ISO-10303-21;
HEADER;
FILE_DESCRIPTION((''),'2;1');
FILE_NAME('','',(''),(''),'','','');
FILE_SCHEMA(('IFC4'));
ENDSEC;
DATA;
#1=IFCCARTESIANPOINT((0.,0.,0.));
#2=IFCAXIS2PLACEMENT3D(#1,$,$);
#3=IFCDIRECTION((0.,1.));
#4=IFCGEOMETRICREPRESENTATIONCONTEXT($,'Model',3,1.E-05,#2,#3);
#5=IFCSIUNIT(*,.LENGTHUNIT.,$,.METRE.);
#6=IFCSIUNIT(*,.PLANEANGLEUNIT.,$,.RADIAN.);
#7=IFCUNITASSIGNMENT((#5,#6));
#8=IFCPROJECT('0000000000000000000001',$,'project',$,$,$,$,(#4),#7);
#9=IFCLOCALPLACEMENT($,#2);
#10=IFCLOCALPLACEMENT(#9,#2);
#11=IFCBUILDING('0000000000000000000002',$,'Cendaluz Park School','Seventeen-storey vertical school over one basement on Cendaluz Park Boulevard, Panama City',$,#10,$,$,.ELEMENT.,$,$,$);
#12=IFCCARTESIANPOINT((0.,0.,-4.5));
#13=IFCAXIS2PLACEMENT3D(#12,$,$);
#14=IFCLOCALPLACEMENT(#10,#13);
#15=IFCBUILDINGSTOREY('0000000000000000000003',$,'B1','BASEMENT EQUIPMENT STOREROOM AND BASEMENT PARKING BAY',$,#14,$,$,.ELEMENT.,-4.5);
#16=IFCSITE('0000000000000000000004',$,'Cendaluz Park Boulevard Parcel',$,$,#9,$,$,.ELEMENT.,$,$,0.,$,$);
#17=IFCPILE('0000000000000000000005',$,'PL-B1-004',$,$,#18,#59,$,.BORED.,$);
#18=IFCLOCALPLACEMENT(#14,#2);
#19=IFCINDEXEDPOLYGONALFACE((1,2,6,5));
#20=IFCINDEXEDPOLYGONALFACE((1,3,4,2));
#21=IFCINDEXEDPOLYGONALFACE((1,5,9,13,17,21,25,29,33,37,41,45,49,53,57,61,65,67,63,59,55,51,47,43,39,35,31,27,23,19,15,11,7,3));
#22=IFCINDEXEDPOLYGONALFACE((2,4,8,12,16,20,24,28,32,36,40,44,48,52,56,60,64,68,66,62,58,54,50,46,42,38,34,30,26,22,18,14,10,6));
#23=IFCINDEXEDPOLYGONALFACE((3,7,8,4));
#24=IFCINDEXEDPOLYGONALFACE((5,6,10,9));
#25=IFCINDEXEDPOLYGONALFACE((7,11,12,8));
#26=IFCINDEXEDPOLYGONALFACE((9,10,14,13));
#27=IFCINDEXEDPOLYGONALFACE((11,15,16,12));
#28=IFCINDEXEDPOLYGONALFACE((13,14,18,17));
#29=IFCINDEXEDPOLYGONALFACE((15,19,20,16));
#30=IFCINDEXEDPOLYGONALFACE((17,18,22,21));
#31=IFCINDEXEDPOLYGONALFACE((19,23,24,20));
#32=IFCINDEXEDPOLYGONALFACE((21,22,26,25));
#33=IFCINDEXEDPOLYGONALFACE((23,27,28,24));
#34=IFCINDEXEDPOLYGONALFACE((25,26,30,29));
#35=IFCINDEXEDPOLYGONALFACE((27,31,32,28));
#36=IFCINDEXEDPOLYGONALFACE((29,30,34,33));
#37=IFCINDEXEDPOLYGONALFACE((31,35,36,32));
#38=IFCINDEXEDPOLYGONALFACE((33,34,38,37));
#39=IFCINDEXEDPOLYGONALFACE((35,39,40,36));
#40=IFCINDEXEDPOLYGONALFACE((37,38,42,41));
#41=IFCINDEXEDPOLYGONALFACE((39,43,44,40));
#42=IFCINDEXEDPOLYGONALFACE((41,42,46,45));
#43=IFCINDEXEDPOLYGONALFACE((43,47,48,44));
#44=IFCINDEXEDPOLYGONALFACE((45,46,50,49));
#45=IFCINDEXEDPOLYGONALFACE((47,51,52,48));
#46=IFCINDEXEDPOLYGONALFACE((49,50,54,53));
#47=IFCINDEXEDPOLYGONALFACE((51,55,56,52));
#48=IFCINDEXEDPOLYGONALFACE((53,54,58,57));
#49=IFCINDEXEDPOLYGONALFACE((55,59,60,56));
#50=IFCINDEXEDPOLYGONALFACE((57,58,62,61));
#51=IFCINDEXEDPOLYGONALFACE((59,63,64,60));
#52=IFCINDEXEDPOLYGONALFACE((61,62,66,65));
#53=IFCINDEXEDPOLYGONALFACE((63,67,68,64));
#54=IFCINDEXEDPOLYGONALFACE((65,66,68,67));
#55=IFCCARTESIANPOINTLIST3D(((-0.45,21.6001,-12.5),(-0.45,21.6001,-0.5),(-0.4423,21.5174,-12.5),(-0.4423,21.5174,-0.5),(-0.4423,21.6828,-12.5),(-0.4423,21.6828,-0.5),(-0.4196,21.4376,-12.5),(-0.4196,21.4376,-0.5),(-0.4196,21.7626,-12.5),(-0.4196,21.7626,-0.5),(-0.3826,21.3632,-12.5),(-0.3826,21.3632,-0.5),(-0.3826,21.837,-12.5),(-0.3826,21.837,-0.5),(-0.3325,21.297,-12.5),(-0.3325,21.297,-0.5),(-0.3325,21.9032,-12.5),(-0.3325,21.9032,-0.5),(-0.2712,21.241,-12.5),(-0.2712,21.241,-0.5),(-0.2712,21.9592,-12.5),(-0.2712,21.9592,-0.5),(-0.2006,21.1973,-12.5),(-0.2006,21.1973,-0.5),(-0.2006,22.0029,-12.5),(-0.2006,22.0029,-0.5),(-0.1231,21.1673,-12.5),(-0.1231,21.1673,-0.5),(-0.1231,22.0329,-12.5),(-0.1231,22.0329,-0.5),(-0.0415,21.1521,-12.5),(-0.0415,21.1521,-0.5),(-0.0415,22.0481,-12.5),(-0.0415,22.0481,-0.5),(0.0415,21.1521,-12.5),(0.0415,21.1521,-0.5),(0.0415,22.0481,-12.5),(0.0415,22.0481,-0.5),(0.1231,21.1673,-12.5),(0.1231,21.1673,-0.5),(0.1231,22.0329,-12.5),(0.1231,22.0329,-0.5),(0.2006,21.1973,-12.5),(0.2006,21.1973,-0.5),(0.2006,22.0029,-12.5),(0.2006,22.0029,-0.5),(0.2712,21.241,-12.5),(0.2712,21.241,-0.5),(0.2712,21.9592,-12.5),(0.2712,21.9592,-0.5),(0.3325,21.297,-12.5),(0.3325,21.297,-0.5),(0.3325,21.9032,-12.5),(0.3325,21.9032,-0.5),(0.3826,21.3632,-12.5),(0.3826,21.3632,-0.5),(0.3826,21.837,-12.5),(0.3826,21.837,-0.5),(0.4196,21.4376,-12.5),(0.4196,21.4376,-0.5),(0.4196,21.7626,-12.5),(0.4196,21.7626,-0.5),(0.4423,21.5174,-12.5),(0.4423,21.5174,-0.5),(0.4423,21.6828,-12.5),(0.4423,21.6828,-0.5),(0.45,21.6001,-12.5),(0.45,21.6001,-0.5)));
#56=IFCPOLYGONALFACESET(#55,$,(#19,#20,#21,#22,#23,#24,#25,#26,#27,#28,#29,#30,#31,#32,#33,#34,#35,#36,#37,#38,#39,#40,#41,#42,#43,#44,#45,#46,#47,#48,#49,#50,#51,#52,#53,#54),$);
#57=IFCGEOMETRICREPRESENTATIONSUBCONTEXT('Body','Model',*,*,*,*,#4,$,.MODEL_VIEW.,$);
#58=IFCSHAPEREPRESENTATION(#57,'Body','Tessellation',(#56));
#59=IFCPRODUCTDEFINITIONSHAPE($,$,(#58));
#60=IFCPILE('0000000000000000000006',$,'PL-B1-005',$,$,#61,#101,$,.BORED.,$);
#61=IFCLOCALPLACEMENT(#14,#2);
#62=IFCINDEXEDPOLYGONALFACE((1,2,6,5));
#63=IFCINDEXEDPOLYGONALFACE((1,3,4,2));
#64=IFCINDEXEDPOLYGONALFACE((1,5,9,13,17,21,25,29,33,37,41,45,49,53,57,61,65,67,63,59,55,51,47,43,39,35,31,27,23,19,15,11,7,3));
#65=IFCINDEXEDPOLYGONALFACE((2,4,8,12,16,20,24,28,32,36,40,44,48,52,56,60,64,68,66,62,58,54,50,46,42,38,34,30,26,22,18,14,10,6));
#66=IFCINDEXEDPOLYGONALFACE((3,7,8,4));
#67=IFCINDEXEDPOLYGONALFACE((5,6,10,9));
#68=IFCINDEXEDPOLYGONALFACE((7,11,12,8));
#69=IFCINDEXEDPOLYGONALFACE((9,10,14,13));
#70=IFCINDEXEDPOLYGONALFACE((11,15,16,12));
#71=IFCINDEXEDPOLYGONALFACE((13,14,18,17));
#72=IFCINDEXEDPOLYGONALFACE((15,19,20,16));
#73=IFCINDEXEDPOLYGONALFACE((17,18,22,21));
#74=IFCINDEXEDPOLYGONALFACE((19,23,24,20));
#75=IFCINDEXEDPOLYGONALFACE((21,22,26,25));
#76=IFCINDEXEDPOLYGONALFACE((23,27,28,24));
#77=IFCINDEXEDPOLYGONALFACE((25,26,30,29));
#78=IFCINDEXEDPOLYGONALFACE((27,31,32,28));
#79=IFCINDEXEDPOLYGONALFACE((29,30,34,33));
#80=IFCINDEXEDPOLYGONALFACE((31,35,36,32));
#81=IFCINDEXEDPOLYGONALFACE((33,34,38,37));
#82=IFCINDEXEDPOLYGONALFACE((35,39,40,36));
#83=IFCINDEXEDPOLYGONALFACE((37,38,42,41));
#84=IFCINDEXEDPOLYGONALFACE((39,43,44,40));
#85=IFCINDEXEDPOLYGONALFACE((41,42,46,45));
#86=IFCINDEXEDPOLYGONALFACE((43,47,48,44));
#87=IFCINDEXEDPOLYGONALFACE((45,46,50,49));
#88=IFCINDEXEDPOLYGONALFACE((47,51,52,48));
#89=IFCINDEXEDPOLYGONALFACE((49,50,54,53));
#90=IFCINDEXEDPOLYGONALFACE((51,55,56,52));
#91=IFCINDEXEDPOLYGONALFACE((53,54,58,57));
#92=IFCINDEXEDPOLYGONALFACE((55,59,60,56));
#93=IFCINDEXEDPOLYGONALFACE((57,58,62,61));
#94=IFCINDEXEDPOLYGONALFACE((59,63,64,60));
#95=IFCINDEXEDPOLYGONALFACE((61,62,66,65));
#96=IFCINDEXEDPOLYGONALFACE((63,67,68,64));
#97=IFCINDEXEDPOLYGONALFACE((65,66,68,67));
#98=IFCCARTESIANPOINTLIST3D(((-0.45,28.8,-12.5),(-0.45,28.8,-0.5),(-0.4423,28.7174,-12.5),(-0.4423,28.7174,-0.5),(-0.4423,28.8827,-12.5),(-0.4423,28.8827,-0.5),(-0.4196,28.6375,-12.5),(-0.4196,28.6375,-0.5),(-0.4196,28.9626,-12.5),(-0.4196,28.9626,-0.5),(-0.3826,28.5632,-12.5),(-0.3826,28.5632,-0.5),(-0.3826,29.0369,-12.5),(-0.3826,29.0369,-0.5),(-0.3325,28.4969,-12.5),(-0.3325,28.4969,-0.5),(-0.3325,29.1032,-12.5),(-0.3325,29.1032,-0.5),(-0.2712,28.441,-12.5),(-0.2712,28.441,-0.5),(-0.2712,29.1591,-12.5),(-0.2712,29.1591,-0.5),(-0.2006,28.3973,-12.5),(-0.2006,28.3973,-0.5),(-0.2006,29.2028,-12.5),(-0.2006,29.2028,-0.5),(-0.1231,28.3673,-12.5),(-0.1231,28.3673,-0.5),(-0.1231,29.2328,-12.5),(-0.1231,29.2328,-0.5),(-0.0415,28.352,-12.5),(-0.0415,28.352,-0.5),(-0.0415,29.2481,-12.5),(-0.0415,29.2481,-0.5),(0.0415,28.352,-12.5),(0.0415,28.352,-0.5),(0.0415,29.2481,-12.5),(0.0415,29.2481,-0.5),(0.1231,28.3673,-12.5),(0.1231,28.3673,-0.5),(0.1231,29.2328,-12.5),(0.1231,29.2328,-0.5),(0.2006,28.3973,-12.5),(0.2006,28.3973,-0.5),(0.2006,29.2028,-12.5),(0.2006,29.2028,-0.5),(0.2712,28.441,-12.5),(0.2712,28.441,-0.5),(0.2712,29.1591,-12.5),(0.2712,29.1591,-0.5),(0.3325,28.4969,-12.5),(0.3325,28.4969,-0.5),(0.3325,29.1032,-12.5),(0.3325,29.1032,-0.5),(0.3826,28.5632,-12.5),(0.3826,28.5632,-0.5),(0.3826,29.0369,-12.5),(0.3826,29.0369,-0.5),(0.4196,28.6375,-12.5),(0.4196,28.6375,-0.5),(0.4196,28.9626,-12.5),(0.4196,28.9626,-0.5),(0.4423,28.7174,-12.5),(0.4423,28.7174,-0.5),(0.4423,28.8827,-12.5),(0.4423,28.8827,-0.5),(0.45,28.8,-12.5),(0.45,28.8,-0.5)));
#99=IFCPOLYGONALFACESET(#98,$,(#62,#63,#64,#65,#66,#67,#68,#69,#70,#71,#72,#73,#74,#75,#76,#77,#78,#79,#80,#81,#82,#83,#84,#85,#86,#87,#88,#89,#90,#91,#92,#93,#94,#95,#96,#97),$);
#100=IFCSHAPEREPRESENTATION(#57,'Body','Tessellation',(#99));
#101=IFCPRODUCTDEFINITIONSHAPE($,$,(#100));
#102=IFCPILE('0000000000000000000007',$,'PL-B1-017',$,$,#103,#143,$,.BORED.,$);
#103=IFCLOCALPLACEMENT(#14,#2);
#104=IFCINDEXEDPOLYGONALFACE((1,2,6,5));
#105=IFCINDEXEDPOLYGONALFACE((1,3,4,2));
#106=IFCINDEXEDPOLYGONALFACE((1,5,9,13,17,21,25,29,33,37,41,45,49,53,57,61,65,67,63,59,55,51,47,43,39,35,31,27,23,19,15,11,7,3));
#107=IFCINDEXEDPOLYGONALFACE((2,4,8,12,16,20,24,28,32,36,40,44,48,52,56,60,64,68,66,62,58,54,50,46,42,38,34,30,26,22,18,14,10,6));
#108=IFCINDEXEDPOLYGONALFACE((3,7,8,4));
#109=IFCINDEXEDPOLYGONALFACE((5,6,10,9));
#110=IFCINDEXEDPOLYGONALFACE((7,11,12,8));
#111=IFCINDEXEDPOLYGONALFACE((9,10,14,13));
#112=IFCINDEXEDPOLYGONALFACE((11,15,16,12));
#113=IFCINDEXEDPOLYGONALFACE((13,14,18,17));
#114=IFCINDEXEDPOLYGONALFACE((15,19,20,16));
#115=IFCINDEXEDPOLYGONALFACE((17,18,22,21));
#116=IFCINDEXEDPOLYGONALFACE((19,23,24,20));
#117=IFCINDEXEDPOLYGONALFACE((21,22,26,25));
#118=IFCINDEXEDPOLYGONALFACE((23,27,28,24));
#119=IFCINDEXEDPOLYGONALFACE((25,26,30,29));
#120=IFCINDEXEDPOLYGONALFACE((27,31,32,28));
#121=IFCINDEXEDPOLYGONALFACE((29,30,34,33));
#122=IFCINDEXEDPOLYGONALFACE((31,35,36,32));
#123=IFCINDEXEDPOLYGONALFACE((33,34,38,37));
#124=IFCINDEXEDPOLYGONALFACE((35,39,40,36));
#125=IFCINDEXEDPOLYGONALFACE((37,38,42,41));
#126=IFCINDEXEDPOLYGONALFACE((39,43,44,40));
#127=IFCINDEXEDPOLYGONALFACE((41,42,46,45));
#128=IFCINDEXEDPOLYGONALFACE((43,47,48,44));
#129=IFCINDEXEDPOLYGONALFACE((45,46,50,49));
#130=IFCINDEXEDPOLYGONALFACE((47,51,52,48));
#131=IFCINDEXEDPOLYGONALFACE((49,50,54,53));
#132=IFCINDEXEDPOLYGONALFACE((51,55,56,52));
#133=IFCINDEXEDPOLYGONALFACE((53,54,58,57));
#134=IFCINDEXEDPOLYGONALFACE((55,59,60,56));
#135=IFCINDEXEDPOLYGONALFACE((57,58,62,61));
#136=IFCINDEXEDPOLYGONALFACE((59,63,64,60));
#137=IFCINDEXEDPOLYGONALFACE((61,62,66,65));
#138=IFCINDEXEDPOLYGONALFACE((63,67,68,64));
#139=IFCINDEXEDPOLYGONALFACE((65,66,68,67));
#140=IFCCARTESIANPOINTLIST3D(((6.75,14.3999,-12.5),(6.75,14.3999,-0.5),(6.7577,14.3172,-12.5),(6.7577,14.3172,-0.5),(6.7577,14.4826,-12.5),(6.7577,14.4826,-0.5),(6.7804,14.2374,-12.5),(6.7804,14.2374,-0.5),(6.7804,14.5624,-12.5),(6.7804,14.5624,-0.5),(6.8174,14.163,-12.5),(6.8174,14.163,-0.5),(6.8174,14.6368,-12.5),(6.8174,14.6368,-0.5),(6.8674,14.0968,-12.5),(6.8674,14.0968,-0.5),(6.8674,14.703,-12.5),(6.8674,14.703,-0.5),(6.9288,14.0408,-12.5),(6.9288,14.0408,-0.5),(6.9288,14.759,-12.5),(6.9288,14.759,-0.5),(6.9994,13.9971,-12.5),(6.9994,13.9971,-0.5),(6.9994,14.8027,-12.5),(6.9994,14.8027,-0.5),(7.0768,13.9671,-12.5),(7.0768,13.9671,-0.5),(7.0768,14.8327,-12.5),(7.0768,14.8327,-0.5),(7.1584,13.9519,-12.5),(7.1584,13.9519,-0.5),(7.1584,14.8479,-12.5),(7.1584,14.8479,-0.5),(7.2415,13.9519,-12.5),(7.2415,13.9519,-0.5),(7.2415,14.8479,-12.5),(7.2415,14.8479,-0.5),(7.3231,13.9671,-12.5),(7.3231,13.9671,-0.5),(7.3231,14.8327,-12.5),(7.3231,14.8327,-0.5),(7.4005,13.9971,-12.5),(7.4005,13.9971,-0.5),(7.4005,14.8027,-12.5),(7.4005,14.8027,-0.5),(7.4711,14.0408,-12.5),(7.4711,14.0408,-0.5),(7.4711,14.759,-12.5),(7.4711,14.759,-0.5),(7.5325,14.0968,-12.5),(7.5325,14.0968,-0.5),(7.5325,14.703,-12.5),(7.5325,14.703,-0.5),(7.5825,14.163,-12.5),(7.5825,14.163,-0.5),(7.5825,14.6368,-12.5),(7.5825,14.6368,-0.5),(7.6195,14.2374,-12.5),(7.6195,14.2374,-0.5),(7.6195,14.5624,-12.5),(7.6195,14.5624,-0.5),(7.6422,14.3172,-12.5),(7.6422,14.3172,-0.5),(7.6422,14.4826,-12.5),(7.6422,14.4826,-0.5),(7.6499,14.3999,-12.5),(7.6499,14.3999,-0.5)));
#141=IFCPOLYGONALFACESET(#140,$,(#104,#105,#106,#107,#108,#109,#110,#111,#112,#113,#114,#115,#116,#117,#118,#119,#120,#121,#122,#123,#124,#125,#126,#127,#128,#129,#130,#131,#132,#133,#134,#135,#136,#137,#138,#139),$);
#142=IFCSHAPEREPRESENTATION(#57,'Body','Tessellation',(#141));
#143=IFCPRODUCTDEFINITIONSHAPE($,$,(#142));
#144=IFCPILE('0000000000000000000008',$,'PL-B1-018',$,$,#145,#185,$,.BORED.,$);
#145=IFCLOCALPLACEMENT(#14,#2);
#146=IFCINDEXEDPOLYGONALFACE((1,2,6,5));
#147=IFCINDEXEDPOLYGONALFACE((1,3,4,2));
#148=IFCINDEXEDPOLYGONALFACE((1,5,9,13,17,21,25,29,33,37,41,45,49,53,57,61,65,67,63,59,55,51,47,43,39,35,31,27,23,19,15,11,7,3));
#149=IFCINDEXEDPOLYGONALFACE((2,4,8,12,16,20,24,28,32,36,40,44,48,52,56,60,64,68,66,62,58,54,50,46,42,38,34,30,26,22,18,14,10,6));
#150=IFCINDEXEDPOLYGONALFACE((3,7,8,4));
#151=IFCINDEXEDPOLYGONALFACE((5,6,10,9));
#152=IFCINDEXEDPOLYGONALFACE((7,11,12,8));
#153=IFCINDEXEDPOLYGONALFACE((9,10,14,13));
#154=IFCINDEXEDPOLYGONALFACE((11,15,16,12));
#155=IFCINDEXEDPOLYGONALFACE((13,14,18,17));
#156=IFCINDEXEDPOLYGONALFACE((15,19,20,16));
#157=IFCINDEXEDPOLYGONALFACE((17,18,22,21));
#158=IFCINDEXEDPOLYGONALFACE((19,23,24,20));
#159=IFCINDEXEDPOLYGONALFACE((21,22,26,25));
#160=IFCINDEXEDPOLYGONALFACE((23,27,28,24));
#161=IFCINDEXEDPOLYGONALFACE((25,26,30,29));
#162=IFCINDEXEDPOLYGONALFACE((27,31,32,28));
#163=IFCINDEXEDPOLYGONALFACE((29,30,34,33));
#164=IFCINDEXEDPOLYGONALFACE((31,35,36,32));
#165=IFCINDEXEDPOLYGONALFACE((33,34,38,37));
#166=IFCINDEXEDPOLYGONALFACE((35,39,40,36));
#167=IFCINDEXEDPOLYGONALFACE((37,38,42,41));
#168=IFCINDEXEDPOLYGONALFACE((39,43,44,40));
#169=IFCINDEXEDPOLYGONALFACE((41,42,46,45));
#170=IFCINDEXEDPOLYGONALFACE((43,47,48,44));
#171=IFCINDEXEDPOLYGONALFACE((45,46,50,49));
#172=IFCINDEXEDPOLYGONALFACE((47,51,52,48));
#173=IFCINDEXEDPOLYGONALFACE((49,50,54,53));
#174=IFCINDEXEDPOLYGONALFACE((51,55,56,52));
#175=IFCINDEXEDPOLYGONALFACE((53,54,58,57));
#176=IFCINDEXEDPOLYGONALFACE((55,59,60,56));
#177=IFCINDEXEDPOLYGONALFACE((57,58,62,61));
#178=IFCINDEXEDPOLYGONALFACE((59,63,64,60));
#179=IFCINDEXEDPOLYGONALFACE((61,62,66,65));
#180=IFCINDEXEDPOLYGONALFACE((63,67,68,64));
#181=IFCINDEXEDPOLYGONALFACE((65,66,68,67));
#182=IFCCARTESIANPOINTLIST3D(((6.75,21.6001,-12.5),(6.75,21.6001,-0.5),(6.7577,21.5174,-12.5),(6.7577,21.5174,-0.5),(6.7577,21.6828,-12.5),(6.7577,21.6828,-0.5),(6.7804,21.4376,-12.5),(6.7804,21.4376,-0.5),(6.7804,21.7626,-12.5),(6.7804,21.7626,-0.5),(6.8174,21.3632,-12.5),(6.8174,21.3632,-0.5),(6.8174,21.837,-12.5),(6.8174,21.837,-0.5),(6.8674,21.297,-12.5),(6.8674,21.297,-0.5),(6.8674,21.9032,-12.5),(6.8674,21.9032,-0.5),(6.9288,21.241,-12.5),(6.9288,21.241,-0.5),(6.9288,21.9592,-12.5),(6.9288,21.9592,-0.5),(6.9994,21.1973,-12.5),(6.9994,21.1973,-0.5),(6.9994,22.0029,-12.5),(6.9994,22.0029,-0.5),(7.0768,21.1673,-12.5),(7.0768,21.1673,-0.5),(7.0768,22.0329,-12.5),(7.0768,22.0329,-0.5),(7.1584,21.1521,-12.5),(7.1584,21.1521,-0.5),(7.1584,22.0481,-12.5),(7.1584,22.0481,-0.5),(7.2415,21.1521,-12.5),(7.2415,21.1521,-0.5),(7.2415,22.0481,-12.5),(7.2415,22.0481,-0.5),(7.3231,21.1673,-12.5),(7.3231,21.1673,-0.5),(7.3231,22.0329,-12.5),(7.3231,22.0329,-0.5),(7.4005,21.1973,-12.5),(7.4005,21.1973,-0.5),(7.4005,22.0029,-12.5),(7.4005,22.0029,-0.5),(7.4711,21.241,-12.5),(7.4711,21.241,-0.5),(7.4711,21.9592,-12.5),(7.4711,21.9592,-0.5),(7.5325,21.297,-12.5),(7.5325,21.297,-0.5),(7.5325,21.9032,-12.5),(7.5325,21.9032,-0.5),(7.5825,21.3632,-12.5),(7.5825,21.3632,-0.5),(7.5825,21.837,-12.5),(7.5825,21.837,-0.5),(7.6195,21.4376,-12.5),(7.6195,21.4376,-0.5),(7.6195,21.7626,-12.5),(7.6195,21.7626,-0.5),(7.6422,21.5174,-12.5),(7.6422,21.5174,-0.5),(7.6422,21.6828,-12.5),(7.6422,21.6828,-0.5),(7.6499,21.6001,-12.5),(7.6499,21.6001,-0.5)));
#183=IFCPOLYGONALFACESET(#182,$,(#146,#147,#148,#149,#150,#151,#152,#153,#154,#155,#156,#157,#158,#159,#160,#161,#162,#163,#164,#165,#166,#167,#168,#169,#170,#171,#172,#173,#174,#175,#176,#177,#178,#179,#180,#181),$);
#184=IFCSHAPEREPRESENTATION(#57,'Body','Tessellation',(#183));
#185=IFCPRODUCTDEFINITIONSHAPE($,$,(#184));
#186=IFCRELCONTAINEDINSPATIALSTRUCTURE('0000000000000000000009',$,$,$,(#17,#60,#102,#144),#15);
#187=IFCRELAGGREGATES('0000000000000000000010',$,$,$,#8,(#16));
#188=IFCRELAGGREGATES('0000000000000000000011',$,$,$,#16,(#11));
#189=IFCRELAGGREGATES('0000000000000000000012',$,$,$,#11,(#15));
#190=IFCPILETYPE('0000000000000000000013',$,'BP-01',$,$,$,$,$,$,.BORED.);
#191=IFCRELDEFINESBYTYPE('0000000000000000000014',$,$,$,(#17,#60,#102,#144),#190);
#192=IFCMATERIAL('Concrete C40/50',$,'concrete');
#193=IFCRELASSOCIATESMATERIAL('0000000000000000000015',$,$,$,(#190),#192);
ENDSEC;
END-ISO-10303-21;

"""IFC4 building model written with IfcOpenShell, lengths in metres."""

from ifc_helpers import new_model, si_unit, direction, frame, origin, origin_2d, place, context, subcontext, project, spatial, circle, extrude, material, material_profile, profile_set, type_object, element, save


model = new_model("IFC4")

# Units and contexts
model_context = context("Model", 3, precision=1e-05, world=origin(), true_north=direction((0.0, 1.0)))
body_context = subcontext(model_context, "Body", "Model", "MODEL_VIEW")
ifc_project = project(units=[si_unit("LENGTHUNIT", "METRE"), si_unit("PLANEANGLEUNIT", "RADIAN")], contexts=[model_context])

# Site, building, storey
site_placement = place(None, origin())
site = spatial("IfcSite", under=ifc_project, at=site_placement, Name="Cendaluz Park Boulevard Parcel", CompositionType="ELEMENT", RefElevation=0.0)
building_placement = place(site_placement, origin())
building = spatial("IfcBuilding", under=site, at=building_placement, Name="Cendaluz Park School", Description="Seventeen-storey vertical school over one basement on Cendaluz Park Boulevard, Panama City", CompositionType="ELEMENT")
storey_placement = place(building_placement, frame((0.0, 0.0, -4.5)))
storey = spatial("IfcBuildingStorey", under=building, at=storey_placement, Name="B1", Description="BASEMENT EQUIPMENT STOREROOM AND BASEMENT PARKING BAY", CompositionType="ELEMENT", Elevation=-4.5)

# Piles
ifc_material_1 = material(Name="Concrete C40/50", Category="concrete")
ifc_material_profile_1 = material_profile(ifc_material_1, circle(Radius=0.45, at=origin_2d()), Name="BP D900", Category="concrete")
ifc_profile_set_1 = profile_set([ifc_material_profile_1], Name="Concrete C40/50")
pile_type_1 = type_object("IfcPileType", Name="BP-01", PredefinedType="BORED", material=ifc_profile_set_1)
for number, where, z_axis, x_axis, name in (
    (1, (0.0, 21.6001, -0.5), (0.0, 0.0, -1.0), (1.0, 0.0, 0.0), "PL-B1-004"),
    (2, (0.0, 28.8, -0.5), (0.0, 0.0, -1.0), (1.0, 0.0, 0.0), "PL-B1-005"),
    (3, (7.2, 14.3999, -0.5), (0.0, 0.0, -1.0), (1.0, 0.0, 0.0), "PL-B1-017"),
    (4, (7.2, 21.6001, -0.5), (0.0, 0.0, -1.0), (1.0, 0.0, 0.0), "PL-B1-018"),
):
    element("IfcPile", number, at=place(storey_placement, frame(where, z_axis=z_axis, x_axis=x_axis)), inside=storey, type_object=pile_type_1, Name=name, PredefinedType="BORED", context=body_context, shape_type="SweptSolid", body=[
        extrude(circle(Radius=0.45, at=origin_2d()), origin(), (0.0, 0.0, 1.0), 12.0),
    ])

save(model, "model.ifc")
